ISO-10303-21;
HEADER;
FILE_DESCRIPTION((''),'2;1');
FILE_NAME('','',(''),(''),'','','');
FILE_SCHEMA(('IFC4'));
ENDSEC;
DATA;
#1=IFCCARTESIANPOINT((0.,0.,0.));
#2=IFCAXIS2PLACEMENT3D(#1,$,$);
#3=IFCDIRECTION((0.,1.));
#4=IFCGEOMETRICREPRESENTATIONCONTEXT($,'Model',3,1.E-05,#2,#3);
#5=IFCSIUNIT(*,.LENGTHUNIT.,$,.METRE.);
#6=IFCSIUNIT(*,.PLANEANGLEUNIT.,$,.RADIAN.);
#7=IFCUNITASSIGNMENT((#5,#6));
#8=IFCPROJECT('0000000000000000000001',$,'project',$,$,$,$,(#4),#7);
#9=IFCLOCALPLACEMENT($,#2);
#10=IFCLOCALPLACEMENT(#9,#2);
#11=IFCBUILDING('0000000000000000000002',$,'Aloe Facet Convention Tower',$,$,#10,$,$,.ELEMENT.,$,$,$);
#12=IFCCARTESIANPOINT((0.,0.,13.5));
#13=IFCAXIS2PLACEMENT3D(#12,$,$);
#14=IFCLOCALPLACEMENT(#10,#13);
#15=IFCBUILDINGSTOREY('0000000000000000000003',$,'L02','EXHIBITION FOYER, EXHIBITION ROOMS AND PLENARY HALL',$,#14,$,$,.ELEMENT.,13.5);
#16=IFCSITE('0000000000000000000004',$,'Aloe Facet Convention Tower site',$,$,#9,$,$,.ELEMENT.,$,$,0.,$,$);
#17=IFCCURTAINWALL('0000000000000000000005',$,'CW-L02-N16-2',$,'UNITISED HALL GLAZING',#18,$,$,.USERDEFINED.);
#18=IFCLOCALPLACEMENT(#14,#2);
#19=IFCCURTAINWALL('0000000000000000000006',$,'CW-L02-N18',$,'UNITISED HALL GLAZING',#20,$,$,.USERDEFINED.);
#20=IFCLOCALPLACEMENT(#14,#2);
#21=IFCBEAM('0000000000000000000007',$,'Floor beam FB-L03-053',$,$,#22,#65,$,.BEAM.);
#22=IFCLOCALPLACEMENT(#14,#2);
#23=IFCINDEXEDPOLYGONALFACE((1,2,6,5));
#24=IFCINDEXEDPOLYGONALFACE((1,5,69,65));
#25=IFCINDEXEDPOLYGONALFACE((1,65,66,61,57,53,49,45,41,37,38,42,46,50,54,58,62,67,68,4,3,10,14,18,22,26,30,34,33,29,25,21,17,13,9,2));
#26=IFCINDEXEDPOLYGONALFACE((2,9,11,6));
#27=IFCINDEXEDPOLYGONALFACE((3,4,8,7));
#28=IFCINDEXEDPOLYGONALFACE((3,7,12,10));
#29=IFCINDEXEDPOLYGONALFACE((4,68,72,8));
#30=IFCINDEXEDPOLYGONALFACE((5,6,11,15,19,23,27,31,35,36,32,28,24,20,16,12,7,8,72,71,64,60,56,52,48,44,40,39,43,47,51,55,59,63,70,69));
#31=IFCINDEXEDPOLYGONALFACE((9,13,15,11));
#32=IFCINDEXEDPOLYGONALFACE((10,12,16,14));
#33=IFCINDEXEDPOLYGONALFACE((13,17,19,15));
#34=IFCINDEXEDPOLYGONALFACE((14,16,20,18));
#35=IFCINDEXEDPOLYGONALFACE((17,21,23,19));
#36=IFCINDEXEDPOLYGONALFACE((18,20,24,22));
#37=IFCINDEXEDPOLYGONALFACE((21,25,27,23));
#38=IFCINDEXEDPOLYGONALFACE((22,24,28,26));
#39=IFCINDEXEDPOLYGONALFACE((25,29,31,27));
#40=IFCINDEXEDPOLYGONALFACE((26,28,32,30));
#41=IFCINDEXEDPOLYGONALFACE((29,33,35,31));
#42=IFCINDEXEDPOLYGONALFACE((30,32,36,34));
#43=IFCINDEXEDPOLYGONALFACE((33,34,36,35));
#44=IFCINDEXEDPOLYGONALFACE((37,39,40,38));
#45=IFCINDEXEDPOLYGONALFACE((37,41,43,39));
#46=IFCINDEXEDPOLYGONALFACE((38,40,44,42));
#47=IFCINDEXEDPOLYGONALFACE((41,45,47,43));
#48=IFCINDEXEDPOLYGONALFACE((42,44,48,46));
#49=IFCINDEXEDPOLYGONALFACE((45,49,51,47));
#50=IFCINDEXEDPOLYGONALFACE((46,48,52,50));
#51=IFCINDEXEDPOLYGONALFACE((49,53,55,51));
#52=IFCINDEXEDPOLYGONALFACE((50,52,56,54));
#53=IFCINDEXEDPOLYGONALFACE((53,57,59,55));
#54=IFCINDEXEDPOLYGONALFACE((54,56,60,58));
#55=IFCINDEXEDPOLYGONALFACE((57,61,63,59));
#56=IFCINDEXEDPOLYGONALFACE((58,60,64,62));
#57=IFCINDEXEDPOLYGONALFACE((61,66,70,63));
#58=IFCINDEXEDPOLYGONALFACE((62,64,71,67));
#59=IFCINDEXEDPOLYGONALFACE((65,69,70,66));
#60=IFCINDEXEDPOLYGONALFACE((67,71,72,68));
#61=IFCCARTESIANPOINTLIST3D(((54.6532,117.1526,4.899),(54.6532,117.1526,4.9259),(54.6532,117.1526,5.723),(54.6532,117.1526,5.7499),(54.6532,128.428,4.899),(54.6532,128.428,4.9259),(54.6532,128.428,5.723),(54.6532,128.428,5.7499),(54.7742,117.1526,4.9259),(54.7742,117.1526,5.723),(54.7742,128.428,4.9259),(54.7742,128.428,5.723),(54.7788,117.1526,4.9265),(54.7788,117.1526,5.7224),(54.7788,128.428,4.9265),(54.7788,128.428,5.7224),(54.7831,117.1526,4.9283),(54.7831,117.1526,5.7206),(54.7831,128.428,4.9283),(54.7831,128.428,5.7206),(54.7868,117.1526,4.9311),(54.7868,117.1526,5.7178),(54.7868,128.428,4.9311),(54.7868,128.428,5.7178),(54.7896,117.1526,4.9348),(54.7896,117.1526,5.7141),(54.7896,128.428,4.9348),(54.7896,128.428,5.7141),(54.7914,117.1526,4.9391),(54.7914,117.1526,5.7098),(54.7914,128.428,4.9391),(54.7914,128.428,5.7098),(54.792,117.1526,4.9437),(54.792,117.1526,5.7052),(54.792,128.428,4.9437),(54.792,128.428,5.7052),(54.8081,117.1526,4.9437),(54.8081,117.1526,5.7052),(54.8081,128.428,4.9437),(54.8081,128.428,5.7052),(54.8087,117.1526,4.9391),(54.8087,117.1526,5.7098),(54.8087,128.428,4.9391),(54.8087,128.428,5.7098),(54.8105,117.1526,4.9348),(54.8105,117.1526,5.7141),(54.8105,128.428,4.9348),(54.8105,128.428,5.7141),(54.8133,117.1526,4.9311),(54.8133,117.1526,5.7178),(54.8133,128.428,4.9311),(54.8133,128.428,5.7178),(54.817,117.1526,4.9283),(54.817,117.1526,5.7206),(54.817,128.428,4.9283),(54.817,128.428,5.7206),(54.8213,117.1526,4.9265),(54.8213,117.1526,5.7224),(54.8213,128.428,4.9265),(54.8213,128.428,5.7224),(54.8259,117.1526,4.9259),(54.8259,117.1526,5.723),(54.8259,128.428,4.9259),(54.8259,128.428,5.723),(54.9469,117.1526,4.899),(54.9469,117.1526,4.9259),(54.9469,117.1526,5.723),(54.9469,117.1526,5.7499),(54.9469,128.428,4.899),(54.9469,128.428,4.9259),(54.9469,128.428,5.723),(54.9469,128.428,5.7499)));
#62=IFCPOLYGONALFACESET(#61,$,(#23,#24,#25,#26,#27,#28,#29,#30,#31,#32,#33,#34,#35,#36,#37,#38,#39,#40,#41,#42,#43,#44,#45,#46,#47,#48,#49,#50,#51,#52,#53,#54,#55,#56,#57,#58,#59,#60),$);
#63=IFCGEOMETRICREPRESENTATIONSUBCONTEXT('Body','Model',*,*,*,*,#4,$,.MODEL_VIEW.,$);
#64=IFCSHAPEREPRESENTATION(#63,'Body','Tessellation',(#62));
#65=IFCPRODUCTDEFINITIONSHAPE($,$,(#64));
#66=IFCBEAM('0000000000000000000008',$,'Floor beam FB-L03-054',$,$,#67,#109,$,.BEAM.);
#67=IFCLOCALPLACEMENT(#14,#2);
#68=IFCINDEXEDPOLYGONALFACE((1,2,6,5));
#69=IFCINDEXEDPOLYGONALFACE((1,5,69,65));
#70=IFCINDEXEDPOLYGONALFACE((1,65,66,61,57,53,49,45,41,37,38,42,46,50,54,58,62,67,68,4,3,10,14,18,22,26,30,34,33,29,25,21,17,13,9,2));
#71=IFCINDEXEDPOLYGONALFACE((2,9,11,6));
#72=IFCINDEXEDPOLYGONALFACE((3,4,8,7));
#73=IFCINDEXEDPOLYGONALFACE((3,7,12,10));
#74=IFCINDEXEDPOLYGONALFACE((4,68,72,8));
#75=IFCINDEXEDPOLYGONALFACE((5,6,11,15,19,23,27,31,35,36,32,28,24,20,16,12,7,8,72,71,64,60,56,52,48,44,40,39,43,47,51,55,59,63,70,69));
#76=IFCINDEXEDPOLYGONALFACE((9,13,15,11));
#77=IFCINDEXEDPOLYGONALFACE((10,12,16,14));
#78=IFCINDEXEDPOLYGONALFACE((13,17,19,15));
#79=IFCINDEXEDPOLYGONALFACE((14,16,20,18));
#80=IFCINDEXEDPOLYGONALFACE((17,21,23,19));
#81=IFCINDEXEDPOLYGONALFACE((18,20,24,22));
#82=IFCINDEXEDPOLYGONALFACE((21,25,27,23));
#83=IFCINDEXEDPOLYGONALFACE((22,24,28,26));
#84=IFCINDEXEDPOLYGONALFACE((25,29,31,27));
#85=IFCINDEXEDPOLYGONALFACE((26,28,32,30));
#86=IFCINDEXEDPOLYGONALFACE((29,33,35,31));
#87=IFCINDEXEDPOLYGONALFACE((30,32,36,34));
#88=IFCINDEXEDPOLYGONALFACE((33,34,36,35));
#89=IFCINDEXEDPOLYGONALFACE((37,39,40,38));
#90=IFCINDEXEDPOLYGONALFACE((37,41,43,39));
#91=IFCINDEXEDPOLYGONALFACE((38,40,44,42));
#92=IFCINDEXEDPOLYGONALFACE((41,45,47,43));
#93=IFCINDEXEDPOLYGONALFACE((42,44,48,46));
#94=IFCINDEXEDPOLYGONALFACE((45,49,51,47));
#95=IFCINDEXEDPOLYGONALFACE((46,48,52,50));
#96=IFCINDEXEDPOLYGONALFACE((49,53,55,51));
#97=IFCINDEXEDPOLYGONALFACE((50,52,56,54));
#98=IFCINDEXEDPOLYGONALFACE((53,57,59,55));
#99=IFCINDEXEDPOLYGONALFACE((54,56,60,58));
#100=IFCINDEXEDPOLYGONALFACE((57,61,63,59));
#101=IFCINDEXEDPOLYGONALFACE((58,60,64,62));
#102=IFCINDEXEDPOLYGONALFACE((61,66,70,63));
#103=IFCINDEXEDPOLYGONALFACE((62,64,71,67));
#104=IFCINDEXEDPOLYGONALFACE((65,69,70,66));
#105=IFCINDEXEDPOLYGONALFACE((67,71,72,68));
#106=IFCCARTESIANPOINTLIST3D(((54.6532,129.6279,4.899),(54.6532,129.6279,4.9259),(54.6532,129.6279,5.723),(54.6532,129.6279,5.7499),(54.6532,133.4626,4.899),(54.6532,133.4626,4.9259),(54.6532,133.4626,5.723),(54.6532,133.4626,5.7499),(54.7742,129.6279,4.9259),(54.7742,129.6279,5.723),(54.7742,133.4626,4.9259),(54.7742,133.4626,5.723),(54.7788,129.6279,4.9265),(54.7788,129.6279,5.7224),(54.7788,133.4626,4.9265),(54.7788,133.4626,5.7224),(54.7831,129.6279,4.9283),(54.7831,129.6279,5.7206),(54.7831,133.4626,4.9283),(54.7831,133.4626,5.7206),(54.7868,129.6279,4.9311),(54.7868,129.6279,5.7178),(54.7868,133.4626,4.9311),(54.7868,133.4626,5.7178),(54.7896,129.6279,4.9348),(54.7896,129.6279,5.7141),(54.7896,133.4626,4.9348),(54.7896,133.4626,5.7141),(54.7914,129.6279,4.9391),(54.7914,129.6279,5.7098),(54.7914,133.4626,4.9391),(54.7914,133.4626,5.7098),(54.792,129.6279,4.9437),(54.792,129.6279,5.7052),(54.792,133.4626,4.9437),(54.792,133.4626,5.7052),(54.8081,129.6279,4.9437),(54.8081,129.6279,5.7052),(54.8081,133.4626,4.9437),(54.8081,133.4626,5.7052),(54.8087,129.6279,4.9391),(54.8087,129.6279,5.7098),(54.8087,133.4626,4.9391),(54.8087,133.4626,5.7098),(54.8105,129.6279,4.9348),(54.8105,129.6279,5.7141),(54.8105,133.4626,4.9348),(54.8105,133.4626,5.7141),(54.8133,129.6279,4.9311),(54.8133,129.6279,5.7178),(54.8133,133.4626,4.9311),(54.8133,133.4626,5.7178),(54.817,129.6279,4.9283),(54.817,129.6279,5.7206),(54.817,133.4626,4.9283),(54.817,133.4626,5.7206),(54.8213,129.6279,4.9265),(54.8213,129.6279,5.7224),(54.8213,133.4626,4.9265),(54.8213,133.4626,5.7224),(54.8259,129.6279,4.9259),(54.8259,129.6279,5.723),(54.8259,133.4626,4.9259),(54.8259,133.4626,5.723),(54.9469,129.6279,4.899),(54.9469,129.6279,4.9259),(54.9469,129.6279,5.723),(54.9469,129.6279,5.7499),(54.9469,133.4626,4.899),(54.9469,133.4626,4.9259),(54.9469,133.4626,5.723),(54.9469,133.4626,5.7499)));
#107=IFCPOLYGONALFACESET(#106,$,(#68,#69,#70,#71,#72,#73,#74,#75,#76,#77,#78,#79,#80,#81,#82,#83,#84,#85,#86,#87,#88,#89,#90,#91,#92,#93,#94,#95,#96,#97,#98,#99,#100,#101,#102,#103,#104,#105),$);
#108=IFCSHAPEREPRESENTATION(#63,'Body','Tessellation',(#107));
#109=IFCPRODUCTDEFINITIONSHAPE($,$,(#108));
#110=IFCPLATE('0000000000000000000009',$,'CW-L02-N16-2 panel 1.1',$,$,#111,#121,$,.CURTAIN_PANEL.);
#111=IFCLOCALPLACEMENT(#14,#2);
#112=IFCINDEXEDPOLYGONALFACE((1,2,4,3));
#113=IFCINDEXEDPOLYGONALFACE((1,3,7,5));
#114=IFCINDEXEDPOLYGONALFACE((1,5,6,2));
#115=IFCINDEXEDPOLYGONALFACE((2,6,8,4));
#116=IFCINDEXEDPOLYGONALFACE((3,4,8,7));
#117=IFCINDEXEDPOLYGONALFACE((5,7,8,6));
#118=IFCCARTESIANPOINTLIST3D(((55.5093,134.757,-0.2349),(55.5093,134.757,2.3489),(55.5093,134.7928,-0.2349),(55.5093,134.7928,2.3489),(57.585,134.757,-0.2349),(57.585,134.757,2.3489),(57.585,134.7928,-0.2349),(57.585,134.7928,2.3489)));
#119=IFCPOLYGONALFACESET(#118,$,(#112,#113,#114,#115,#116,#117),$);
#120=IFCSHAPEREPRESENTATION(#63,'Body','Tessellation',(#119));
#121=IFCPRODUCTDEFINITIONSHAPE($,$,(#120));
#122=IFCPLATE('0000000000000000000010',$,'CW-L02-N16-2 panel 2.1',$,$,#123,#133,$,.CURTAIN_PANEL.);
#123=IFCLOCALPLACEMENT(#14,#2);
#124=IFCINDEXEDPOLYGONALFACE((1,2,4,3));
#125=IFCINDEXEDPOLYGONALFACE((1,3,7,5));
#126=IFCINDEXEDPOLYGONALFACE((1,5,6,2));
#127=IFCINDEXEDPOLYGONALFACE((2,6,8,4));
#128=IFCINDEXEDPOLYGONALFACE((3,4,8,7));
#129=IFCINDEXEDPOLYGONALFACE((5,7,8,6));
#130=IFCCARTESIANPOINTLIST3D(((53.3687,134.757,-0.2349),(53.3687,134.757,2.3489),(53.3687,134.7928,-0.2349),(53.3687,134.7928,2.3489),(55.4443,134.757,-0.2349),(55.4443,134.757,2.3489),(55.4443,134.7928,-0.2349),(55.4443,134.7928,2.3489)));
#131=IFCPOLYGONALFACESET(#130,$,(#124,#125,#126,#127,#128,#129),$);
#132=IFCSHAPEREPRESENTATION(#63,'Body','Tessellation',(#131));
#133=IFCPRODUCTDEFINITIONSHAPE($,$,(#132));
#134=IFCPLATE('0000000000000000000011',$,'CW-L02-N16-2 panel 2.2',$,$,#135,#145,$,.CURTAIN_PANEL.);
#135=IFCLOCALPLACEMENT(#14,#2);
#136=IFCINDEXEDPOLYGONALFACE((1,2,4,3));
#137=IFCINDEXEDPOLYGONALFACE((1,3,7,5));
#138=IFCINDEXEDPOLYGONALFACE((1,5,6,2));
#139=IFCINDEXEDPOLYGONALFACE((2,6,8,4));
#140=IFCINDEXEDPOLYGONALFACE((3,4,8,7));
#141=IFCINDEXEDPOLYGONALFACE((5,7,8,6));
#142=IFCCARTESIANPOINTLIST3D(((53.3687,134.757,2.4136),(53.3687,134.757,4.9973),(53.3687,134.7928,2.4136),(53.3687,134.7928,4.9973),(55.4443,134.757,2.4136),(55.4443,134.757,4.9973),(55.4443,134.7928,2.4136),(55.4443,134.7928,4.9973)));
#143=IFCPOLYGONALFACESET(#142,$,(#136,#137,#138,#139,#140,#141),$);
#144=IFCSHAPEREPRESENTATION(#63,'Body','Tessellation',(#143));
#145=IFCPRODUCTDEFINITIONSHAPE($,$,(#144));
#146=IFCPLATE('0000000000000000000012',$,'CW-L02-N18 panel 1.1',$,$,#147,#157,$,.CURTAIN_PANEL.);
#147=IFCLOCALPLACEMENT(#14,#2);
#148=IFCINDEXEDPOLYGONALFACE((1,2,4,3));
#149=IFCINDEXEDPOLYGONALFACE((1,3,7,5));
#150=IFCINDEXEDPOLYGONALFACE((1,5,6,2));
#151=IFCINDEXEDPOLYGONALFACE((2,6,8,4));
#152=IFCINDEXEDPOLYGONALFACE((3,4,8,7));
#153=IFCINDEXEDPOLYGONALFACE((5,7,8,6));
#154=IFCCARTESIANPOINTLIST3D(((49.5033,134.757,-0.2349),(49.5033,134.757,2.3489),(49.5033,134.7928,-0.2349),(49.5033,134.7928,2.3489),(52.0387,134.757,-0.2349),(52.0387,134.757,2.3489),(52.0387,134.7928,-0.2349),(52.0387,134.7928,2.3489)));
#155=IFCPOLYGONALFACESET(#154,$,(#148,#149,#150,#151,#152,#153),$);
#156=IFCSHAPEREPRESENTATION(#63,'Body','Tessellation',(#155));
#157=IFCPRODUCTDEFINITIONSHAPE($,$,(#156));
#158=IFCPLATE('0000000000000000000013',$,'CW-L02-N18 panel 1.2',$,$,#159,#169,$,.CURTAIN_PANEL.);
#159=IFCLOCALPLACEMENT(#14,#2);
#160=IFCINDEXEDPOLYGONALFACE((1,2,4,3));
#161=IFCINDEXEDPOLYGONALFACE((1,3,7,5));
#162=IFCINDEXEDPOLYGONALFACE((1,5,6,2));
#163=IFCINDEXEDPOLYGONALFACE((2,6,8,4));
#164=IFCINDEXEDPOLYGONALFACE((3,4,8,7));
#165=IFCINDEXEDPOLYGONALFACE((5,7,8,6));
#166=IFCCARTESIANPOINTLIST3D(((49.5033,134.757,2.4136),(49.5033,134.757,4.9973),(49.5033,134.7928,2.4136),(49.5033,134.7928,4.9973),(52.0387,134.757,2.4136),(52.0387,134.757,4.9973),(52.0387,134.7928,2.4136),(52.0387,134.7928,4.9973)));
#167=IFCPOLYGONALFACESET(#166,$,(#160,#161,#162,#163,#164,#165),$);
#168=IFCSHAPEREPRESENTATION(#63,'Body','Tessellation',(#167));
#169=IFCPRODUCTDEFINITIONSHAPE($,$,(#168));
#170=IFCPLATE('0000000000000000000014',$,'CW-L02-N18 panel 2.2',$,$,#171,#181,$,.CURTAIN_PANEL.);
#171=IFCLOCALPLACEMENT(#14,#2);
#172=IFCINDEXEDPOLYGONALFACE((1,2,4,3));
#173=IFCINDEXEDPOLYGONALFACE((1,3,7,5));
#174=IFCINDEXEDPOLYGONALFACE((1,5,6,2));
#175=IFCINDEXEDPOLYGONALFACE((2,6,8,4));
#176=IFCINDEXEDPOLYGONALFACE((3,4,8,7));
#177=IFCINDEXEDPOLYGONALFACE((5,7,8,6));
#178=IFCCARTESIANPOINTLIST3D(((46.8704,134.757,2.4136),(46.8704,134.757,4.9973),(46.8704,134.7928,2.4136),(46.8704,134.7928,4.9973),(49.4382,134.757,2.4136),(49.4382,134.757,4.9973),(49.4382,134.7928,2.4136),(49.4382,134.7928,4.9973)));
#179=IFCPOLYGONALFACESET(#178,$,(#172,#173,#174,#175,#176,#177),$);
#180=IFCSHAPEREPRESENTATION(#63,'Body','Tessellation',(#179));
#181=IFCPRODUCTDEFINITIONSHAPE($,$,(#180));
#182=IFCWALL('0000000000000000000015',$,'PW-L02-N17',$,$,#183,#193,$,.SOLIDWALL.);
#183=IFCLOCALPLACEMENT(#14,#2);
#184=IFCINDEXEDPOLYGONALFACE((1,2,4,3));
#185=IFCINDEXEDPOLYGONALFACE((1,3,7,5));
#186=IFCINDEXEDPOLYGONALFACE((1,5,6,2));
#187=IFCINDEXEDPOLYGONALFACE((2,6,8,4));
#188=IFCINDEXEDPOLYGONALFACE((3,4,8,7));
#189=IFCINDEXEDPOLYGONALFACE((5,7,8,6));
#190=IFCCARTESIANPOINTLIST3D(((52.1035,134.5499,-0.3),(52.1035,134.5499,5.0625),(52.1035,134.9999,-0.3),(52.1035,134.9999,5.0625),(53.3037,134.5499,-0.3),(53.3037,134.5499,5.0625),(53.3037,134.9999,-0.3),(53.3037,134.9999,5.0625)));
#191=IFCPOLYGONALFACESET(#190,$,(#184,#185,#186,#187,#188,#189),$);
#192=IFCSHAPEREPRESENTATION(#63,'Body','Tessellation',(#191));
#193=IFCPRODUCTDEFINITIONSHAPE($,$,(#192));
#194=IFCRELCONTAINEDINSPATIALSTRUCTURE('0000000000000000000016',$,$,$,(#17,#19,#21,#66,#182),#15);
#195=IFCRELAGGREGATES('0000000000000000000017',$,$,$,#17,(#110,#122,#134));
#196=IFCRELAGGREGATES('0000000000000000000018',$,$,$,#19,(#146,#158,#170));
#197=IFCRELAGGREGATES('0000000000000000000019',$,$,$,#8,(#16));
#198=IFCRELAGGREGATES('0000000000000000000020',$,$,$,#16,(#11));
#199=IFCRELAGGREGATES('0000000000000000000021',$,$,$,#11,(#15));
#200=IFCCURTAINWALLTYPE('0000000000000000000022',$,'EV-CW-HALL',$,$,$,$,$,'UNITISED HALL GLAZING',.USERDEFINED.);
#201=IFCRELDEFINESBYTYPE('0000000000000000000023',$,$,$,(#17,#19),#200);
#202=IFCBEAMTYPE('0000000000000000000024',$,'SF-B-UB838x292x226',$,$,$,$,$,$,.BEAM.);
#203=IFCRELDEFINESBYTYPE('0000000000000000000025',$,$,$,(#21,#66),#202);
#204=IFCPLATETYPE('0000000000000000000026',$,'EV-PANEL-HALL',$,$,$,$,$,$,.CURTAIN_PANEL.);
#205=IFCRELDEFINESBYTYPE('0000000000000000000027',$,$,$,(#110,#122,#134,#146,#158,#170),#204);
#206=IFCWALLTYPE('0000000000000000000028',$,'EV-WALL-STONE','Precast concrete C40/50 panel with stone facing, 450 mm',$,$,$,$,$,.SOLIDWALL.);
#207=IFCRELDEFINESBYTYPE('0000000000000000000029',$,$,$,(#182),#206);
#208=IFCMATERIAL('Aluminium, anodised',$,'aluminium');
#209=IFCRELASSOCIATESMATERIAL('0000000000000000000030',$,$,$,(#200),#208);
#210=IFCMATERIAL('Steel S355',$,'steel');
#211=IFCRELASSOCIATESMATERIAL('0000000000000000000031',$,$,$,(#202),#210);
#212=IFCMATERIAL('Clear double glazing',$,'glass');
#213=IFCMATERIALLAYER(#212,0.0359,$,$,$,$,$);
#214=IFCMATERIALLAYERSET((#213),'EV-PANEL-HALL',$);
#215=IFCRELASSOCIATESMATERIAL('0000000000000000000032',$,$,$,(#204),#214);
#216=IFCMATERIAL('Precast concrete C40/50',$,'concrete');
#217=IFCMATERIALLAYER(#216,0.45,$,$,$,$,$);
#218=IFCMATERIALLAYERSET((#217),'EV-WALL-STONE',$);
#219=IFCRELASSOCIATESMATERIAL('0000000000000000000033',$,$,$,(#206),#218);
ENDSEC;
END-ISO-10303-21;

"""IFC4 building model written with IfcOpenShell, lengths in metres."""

from ifc_helpers import new_model, si_unit, direction, frame, frame_2d, origin, origin_2d, place, context, subcontext, project, spatial, rectangle, i_section, extrude, material, layer, layer_set, material_profile, profile_set, type_object, element, aggregate, save


model = new_model("IFC4")

# Units and contexts
model_context = context("Model", 3, precision=1e-05, world=origin(), true_north=direction((0.0, 1.0)))
body_context = subcontext(model_context, "Body", "Model", "MODEL_VIEW")
ifc_project = project(units=[si_unit("LENGTHUNIT", "METRE"), si_unit("PLANEANGLEUNIT", "RADIAN")], contexts=[model_context])

# Site, building, storey
site_placement = place(None, origin())
site = spatial("IfcSite", under=ifc_project, at=site_placement, Name="Aloe Facet Convention Tower site", CompositionType="ELEMENT", RefElevation=0.0)
building_placement = place(site_placement, origin())
building = spatial("IfcBuilding", under=site, at=building_placement, Name="Aloe Facet Convention Tower", CompositionType="ELEMENT")
storey_placement = place(building_placement, frame((0.0, 0.0, 13.5)))
storey = spatial("IfcBuildingStorey", under=building, at=storey_placement, Name="L02", Description="EXHIBITION FOYER, EXHIBITION ROOMS AND PLENARY HALL", CompositionType="ELEMENT", Elevation=13.5)

# Curtain walls
ifc_material_1 = material(Name="Aluminium, anodised", Category="aluminium")
curtain_wall_type = type_object("IfcCurtainWallType", Name="EV-CW-HALL", ElementType="UNITISED HALL GLAZING", PredefinedType="USERDEFINED", material=ifc_material_1)
curtain_wall_1_placement = place(storey_placement, origin())
curtain_wall_1 = element("IfcCurtainWall", 1, at=curtain_wall_1_placement, inside=storey, type_object=curtain_wall_type, Name="CW-L02-N16-2", ObjectType="UNITISED HALL GLAZING", PredefinedType="USERDEFINED")
curtain_wall_2_placement = place(storey_placement, origin())
curtain_wall_2 = element("IfcCurtainWall", 2, at=curtain_wall_2_placement, inside=storey, type_object=curtain_wall_type, Name="CW-L02-N18", ObjectType="UNITISED HALL GLAZING", PredefinedType="USERDEFINED")

# Beams
ifc_material_2 = material(Name="Steel S355", Category="steel")
ifc_material_profile_1 = material_profile(ifc_material_2, i_section(OverallWidth=0.2937, OverallDepth=0.8508, WebThickness=0.0161, FlangeThickness=0.0269, FilletRadius=0.0178, at=origin_2d()), Name="UB 838x292x226")
ifc_profile_set_1 = profile_set([ifc_material_profile_1], Name="Steel S355")
beam_type_1 = type_object("IfcBeamType", Name="SF-B-UB838x292x226", PredefinedType="BEAM", material=ifc_profile_set_1)
beam_1_placement = place(storey_placement, frame((54.8, 117.1526, 5.3245), z_axis=(0.0, 1.0, 0.0), x_axis=(-1.0, 0.0, 0.0)))
element("IfcBeam", 3, at=beam_1_placement, inside=storey, type_object=beam_type_1, Name="Floor beam FB-L03-053", PredefinedType="BEAM", context=body_context, shape_type="SweptSolid", body=[
    extrude(i_section(OverallWidth=0.2937, OverallDepth=0.8508, WebThickness=0.0161, FlangeThickness=0.0269, FilletRadius=0.0178, at=origin_2d()), origin(), (0.0, 0.0, 1.0), 11.2754),
])
beam_2_placement = place(storey_placement, frame((54.8, 129.6279, 5.3245), z_axis=(0.0, 1.0, 0.0), x_axis=(-1.0, 0.0, 0.0)))
element("IfcBeam", 4, at=beam_2_placement, inside=storey, type_object=beam_type_1, Name="Floor beam FB-L03-054", PredefinedType="BEAM", context=body_context, shape_type="SweptSolid", body=[
    extrude(i_section(OverallWidth=0.2937, OverallDepth=0.8508, WebThickness=0.0161, FlangeThickness=0.0269, FilletRadius=0.0178, at=origin_2d()), origin(), (0.0, 0.0, 1.0), 3.8347),
])

# Plates
ifc_material_3 = material(Name="Clear double glazing", Category="glass")
ifc_layer_1 = layer(ifc_material_3, 0.0359)
ifc_layer_set_1 = layer_set([ifc_layer_1], Name="EV-PANEL-HALL")
plate_type = type_object("IfcPlateType", Name="EV-PANEL-HALL", PredefinedType="CURTAIN_PANEL", material=ifc_layer_set_1)
plate_1_placement = place(storey_placement, frame((56.5471, 134.7749, -0.2349), z_axis=(0.0, 0.0, 1.0), x_axis=(-1.0, 0.0, 0.0)))
plate_1 = element("IfcPlate", 5, at=plate_1_placement, type_object=plate_type, Name="CW-L02-N16-2 panel 1.1", PredefinedType="CURTAIN_PANEL", context=body_context, shape_type="SweptSolid", body=[
    extrude(rectangle(XDim=2.0757, YDim=0.0359, at=origin_2d()), origin(), (0.0, 0.0, 1.0), 2.5837),
])
plate_2_placement = place(storey_placement, frame((54.4065, 134.7749, -0.2349), z_axis=(0.0, 0.0, 1.0), x_axis=(-1.0, 0.0, 0.0)))
plate_2 = element("IfcPlate", 6, at=plate_2_placement, type_object=plate_type, Name="CW-L02-N16-2 panel 2.1", PredefinedType="CURTAIN_PANEL", context=body_context, shape_type="SweptSolid", body=[
    extrude(rectangle(XDim=2.0757, YDim=0.0359, at=origin_2d()), origin(), (0.0, 0.0, 1.0), 2.5837),
])
plate_3_placement = place(storey_placement, frame((54.4065, 134.7749, 2.4136), z_axis=(0.0, 0.0, 1.0), x_axis=(-1.0, 0.0, 0.0)))
plate_3 = element("IfcPlate", 7, at=plate_3_placement, type_object=plate_type, Name="CW-L02-N16-2 panel 2.2", PredefinedType="CURTAIN_PANEL", context=body_context, shape_type="SweptSolid", body=[
    extrude(rectangle(XDim=2.0757, YDim=0.0359, at=origin_2d()), origin(), (0.0, 0.0, 1.0), 2.5837),
])
aggregate(curtain_wall_1, [plate_1, plate_2, plate_3])
plate_4_placement = place(storey_placement, frame((50.771, 134.7749, -0.2349), z_axis=(0.0, 0.0, 1.0), x_axis=(-1.0, 0.0, 0.0)))
plate_4 = element("IfcPlate", 8, at=plate_4_placement, type_object=plate_type, Name="CW-L02-N18 panel 1.1", PredefinedType="CURTAIN_PANEL", context=body_context, shape_type="SweptSolid", body=[
    extrude(rectangle(XDim=2.5354, YDim=0.0359, at=origin_2d()), origin(), (0.0, 0.0, 1.0), 2.5837),
])
plate_5_placement = place(storey_placement, frame((50.771, 134.7749, 2.4136), z_axis=(0.0, 0.0, 1.0), x_axis=(-1.0, 0.0, 0.0)))
plate_5 = element("IfcPlate", 9, at=plate_5_placement, type_object=plate_type, Name="CW-L02-N18 panel 1.2", PredefinedType="CURTAIN_PANEL", context=body_context, shape_type="SweptSolid", body=[
    extrude(rectangle(XDim=2.5354, YDim=0.0359, at=origin_2d()), origin(), (0.0, 0.0, 1.0), 2.5837),
])
plate_6_placement = place(storey_placement, frame((48.1543, 134.7749, 2.4136), z_axis=(0.0, 0.0, 1.0), x_axis=(-1.0, 0.0, 0.0)))
plate_6 = element("IfcPlate", 10, at=plate_6_placement, type_object=plate_type, Name="CW-L02-N18 panel 2.2", PredefinedType="CURTAIN_PANEL", context=body_context, shape_type="SweptSolid", body=[
    extrude(rectangle(XDim=2.5679, YDim=0.0359, at=origin_2d()), origin(), (0.0, 0.0, 1.0), 2.5837),
])
aggregate(curtain_wall_2, [plate_4, plate_5, plate_6])

# Wall
ifc_material_4 = material(Name="Precast concrete C40/50", Category="concrete")
ifc_layer_2 = layer(ifc_material_4, 0.45)
ifc_layer_set_2 = layer_set([ifc_layer_2], Name="EV-WALL-STONE")
wall_type = type_object("IfcWallType", Name="EV-WALL-STONE", Description="Precast concrete C40/50 panel with stone facing, 450 mm", PredefinedType="SOLIDWALL", material=ifc_layer_set_2)
wall_placement = place(storey_placement, frame((53.3037, 134.7749, -0.3), z_axis=(0.0, 0.0, 1.0), x_axis=(-1.0, 0.0, 0.0)))
element("IfcWall", 11, at=wall_placement, inside=storey, type_object=wall_type, Name="PW-L02-N17", PredefinedType="SOLIDWALL", context=body_context, shape_type="SweptSolid", body=[
    extrude(rectangle(XDim=1.2002, YDim=0.45, at=frame_2d((0.6001, 0.0))), origin(), (0.0, 0.0, 1.0), 5.3625),
])

save(model, "model.ifc")
